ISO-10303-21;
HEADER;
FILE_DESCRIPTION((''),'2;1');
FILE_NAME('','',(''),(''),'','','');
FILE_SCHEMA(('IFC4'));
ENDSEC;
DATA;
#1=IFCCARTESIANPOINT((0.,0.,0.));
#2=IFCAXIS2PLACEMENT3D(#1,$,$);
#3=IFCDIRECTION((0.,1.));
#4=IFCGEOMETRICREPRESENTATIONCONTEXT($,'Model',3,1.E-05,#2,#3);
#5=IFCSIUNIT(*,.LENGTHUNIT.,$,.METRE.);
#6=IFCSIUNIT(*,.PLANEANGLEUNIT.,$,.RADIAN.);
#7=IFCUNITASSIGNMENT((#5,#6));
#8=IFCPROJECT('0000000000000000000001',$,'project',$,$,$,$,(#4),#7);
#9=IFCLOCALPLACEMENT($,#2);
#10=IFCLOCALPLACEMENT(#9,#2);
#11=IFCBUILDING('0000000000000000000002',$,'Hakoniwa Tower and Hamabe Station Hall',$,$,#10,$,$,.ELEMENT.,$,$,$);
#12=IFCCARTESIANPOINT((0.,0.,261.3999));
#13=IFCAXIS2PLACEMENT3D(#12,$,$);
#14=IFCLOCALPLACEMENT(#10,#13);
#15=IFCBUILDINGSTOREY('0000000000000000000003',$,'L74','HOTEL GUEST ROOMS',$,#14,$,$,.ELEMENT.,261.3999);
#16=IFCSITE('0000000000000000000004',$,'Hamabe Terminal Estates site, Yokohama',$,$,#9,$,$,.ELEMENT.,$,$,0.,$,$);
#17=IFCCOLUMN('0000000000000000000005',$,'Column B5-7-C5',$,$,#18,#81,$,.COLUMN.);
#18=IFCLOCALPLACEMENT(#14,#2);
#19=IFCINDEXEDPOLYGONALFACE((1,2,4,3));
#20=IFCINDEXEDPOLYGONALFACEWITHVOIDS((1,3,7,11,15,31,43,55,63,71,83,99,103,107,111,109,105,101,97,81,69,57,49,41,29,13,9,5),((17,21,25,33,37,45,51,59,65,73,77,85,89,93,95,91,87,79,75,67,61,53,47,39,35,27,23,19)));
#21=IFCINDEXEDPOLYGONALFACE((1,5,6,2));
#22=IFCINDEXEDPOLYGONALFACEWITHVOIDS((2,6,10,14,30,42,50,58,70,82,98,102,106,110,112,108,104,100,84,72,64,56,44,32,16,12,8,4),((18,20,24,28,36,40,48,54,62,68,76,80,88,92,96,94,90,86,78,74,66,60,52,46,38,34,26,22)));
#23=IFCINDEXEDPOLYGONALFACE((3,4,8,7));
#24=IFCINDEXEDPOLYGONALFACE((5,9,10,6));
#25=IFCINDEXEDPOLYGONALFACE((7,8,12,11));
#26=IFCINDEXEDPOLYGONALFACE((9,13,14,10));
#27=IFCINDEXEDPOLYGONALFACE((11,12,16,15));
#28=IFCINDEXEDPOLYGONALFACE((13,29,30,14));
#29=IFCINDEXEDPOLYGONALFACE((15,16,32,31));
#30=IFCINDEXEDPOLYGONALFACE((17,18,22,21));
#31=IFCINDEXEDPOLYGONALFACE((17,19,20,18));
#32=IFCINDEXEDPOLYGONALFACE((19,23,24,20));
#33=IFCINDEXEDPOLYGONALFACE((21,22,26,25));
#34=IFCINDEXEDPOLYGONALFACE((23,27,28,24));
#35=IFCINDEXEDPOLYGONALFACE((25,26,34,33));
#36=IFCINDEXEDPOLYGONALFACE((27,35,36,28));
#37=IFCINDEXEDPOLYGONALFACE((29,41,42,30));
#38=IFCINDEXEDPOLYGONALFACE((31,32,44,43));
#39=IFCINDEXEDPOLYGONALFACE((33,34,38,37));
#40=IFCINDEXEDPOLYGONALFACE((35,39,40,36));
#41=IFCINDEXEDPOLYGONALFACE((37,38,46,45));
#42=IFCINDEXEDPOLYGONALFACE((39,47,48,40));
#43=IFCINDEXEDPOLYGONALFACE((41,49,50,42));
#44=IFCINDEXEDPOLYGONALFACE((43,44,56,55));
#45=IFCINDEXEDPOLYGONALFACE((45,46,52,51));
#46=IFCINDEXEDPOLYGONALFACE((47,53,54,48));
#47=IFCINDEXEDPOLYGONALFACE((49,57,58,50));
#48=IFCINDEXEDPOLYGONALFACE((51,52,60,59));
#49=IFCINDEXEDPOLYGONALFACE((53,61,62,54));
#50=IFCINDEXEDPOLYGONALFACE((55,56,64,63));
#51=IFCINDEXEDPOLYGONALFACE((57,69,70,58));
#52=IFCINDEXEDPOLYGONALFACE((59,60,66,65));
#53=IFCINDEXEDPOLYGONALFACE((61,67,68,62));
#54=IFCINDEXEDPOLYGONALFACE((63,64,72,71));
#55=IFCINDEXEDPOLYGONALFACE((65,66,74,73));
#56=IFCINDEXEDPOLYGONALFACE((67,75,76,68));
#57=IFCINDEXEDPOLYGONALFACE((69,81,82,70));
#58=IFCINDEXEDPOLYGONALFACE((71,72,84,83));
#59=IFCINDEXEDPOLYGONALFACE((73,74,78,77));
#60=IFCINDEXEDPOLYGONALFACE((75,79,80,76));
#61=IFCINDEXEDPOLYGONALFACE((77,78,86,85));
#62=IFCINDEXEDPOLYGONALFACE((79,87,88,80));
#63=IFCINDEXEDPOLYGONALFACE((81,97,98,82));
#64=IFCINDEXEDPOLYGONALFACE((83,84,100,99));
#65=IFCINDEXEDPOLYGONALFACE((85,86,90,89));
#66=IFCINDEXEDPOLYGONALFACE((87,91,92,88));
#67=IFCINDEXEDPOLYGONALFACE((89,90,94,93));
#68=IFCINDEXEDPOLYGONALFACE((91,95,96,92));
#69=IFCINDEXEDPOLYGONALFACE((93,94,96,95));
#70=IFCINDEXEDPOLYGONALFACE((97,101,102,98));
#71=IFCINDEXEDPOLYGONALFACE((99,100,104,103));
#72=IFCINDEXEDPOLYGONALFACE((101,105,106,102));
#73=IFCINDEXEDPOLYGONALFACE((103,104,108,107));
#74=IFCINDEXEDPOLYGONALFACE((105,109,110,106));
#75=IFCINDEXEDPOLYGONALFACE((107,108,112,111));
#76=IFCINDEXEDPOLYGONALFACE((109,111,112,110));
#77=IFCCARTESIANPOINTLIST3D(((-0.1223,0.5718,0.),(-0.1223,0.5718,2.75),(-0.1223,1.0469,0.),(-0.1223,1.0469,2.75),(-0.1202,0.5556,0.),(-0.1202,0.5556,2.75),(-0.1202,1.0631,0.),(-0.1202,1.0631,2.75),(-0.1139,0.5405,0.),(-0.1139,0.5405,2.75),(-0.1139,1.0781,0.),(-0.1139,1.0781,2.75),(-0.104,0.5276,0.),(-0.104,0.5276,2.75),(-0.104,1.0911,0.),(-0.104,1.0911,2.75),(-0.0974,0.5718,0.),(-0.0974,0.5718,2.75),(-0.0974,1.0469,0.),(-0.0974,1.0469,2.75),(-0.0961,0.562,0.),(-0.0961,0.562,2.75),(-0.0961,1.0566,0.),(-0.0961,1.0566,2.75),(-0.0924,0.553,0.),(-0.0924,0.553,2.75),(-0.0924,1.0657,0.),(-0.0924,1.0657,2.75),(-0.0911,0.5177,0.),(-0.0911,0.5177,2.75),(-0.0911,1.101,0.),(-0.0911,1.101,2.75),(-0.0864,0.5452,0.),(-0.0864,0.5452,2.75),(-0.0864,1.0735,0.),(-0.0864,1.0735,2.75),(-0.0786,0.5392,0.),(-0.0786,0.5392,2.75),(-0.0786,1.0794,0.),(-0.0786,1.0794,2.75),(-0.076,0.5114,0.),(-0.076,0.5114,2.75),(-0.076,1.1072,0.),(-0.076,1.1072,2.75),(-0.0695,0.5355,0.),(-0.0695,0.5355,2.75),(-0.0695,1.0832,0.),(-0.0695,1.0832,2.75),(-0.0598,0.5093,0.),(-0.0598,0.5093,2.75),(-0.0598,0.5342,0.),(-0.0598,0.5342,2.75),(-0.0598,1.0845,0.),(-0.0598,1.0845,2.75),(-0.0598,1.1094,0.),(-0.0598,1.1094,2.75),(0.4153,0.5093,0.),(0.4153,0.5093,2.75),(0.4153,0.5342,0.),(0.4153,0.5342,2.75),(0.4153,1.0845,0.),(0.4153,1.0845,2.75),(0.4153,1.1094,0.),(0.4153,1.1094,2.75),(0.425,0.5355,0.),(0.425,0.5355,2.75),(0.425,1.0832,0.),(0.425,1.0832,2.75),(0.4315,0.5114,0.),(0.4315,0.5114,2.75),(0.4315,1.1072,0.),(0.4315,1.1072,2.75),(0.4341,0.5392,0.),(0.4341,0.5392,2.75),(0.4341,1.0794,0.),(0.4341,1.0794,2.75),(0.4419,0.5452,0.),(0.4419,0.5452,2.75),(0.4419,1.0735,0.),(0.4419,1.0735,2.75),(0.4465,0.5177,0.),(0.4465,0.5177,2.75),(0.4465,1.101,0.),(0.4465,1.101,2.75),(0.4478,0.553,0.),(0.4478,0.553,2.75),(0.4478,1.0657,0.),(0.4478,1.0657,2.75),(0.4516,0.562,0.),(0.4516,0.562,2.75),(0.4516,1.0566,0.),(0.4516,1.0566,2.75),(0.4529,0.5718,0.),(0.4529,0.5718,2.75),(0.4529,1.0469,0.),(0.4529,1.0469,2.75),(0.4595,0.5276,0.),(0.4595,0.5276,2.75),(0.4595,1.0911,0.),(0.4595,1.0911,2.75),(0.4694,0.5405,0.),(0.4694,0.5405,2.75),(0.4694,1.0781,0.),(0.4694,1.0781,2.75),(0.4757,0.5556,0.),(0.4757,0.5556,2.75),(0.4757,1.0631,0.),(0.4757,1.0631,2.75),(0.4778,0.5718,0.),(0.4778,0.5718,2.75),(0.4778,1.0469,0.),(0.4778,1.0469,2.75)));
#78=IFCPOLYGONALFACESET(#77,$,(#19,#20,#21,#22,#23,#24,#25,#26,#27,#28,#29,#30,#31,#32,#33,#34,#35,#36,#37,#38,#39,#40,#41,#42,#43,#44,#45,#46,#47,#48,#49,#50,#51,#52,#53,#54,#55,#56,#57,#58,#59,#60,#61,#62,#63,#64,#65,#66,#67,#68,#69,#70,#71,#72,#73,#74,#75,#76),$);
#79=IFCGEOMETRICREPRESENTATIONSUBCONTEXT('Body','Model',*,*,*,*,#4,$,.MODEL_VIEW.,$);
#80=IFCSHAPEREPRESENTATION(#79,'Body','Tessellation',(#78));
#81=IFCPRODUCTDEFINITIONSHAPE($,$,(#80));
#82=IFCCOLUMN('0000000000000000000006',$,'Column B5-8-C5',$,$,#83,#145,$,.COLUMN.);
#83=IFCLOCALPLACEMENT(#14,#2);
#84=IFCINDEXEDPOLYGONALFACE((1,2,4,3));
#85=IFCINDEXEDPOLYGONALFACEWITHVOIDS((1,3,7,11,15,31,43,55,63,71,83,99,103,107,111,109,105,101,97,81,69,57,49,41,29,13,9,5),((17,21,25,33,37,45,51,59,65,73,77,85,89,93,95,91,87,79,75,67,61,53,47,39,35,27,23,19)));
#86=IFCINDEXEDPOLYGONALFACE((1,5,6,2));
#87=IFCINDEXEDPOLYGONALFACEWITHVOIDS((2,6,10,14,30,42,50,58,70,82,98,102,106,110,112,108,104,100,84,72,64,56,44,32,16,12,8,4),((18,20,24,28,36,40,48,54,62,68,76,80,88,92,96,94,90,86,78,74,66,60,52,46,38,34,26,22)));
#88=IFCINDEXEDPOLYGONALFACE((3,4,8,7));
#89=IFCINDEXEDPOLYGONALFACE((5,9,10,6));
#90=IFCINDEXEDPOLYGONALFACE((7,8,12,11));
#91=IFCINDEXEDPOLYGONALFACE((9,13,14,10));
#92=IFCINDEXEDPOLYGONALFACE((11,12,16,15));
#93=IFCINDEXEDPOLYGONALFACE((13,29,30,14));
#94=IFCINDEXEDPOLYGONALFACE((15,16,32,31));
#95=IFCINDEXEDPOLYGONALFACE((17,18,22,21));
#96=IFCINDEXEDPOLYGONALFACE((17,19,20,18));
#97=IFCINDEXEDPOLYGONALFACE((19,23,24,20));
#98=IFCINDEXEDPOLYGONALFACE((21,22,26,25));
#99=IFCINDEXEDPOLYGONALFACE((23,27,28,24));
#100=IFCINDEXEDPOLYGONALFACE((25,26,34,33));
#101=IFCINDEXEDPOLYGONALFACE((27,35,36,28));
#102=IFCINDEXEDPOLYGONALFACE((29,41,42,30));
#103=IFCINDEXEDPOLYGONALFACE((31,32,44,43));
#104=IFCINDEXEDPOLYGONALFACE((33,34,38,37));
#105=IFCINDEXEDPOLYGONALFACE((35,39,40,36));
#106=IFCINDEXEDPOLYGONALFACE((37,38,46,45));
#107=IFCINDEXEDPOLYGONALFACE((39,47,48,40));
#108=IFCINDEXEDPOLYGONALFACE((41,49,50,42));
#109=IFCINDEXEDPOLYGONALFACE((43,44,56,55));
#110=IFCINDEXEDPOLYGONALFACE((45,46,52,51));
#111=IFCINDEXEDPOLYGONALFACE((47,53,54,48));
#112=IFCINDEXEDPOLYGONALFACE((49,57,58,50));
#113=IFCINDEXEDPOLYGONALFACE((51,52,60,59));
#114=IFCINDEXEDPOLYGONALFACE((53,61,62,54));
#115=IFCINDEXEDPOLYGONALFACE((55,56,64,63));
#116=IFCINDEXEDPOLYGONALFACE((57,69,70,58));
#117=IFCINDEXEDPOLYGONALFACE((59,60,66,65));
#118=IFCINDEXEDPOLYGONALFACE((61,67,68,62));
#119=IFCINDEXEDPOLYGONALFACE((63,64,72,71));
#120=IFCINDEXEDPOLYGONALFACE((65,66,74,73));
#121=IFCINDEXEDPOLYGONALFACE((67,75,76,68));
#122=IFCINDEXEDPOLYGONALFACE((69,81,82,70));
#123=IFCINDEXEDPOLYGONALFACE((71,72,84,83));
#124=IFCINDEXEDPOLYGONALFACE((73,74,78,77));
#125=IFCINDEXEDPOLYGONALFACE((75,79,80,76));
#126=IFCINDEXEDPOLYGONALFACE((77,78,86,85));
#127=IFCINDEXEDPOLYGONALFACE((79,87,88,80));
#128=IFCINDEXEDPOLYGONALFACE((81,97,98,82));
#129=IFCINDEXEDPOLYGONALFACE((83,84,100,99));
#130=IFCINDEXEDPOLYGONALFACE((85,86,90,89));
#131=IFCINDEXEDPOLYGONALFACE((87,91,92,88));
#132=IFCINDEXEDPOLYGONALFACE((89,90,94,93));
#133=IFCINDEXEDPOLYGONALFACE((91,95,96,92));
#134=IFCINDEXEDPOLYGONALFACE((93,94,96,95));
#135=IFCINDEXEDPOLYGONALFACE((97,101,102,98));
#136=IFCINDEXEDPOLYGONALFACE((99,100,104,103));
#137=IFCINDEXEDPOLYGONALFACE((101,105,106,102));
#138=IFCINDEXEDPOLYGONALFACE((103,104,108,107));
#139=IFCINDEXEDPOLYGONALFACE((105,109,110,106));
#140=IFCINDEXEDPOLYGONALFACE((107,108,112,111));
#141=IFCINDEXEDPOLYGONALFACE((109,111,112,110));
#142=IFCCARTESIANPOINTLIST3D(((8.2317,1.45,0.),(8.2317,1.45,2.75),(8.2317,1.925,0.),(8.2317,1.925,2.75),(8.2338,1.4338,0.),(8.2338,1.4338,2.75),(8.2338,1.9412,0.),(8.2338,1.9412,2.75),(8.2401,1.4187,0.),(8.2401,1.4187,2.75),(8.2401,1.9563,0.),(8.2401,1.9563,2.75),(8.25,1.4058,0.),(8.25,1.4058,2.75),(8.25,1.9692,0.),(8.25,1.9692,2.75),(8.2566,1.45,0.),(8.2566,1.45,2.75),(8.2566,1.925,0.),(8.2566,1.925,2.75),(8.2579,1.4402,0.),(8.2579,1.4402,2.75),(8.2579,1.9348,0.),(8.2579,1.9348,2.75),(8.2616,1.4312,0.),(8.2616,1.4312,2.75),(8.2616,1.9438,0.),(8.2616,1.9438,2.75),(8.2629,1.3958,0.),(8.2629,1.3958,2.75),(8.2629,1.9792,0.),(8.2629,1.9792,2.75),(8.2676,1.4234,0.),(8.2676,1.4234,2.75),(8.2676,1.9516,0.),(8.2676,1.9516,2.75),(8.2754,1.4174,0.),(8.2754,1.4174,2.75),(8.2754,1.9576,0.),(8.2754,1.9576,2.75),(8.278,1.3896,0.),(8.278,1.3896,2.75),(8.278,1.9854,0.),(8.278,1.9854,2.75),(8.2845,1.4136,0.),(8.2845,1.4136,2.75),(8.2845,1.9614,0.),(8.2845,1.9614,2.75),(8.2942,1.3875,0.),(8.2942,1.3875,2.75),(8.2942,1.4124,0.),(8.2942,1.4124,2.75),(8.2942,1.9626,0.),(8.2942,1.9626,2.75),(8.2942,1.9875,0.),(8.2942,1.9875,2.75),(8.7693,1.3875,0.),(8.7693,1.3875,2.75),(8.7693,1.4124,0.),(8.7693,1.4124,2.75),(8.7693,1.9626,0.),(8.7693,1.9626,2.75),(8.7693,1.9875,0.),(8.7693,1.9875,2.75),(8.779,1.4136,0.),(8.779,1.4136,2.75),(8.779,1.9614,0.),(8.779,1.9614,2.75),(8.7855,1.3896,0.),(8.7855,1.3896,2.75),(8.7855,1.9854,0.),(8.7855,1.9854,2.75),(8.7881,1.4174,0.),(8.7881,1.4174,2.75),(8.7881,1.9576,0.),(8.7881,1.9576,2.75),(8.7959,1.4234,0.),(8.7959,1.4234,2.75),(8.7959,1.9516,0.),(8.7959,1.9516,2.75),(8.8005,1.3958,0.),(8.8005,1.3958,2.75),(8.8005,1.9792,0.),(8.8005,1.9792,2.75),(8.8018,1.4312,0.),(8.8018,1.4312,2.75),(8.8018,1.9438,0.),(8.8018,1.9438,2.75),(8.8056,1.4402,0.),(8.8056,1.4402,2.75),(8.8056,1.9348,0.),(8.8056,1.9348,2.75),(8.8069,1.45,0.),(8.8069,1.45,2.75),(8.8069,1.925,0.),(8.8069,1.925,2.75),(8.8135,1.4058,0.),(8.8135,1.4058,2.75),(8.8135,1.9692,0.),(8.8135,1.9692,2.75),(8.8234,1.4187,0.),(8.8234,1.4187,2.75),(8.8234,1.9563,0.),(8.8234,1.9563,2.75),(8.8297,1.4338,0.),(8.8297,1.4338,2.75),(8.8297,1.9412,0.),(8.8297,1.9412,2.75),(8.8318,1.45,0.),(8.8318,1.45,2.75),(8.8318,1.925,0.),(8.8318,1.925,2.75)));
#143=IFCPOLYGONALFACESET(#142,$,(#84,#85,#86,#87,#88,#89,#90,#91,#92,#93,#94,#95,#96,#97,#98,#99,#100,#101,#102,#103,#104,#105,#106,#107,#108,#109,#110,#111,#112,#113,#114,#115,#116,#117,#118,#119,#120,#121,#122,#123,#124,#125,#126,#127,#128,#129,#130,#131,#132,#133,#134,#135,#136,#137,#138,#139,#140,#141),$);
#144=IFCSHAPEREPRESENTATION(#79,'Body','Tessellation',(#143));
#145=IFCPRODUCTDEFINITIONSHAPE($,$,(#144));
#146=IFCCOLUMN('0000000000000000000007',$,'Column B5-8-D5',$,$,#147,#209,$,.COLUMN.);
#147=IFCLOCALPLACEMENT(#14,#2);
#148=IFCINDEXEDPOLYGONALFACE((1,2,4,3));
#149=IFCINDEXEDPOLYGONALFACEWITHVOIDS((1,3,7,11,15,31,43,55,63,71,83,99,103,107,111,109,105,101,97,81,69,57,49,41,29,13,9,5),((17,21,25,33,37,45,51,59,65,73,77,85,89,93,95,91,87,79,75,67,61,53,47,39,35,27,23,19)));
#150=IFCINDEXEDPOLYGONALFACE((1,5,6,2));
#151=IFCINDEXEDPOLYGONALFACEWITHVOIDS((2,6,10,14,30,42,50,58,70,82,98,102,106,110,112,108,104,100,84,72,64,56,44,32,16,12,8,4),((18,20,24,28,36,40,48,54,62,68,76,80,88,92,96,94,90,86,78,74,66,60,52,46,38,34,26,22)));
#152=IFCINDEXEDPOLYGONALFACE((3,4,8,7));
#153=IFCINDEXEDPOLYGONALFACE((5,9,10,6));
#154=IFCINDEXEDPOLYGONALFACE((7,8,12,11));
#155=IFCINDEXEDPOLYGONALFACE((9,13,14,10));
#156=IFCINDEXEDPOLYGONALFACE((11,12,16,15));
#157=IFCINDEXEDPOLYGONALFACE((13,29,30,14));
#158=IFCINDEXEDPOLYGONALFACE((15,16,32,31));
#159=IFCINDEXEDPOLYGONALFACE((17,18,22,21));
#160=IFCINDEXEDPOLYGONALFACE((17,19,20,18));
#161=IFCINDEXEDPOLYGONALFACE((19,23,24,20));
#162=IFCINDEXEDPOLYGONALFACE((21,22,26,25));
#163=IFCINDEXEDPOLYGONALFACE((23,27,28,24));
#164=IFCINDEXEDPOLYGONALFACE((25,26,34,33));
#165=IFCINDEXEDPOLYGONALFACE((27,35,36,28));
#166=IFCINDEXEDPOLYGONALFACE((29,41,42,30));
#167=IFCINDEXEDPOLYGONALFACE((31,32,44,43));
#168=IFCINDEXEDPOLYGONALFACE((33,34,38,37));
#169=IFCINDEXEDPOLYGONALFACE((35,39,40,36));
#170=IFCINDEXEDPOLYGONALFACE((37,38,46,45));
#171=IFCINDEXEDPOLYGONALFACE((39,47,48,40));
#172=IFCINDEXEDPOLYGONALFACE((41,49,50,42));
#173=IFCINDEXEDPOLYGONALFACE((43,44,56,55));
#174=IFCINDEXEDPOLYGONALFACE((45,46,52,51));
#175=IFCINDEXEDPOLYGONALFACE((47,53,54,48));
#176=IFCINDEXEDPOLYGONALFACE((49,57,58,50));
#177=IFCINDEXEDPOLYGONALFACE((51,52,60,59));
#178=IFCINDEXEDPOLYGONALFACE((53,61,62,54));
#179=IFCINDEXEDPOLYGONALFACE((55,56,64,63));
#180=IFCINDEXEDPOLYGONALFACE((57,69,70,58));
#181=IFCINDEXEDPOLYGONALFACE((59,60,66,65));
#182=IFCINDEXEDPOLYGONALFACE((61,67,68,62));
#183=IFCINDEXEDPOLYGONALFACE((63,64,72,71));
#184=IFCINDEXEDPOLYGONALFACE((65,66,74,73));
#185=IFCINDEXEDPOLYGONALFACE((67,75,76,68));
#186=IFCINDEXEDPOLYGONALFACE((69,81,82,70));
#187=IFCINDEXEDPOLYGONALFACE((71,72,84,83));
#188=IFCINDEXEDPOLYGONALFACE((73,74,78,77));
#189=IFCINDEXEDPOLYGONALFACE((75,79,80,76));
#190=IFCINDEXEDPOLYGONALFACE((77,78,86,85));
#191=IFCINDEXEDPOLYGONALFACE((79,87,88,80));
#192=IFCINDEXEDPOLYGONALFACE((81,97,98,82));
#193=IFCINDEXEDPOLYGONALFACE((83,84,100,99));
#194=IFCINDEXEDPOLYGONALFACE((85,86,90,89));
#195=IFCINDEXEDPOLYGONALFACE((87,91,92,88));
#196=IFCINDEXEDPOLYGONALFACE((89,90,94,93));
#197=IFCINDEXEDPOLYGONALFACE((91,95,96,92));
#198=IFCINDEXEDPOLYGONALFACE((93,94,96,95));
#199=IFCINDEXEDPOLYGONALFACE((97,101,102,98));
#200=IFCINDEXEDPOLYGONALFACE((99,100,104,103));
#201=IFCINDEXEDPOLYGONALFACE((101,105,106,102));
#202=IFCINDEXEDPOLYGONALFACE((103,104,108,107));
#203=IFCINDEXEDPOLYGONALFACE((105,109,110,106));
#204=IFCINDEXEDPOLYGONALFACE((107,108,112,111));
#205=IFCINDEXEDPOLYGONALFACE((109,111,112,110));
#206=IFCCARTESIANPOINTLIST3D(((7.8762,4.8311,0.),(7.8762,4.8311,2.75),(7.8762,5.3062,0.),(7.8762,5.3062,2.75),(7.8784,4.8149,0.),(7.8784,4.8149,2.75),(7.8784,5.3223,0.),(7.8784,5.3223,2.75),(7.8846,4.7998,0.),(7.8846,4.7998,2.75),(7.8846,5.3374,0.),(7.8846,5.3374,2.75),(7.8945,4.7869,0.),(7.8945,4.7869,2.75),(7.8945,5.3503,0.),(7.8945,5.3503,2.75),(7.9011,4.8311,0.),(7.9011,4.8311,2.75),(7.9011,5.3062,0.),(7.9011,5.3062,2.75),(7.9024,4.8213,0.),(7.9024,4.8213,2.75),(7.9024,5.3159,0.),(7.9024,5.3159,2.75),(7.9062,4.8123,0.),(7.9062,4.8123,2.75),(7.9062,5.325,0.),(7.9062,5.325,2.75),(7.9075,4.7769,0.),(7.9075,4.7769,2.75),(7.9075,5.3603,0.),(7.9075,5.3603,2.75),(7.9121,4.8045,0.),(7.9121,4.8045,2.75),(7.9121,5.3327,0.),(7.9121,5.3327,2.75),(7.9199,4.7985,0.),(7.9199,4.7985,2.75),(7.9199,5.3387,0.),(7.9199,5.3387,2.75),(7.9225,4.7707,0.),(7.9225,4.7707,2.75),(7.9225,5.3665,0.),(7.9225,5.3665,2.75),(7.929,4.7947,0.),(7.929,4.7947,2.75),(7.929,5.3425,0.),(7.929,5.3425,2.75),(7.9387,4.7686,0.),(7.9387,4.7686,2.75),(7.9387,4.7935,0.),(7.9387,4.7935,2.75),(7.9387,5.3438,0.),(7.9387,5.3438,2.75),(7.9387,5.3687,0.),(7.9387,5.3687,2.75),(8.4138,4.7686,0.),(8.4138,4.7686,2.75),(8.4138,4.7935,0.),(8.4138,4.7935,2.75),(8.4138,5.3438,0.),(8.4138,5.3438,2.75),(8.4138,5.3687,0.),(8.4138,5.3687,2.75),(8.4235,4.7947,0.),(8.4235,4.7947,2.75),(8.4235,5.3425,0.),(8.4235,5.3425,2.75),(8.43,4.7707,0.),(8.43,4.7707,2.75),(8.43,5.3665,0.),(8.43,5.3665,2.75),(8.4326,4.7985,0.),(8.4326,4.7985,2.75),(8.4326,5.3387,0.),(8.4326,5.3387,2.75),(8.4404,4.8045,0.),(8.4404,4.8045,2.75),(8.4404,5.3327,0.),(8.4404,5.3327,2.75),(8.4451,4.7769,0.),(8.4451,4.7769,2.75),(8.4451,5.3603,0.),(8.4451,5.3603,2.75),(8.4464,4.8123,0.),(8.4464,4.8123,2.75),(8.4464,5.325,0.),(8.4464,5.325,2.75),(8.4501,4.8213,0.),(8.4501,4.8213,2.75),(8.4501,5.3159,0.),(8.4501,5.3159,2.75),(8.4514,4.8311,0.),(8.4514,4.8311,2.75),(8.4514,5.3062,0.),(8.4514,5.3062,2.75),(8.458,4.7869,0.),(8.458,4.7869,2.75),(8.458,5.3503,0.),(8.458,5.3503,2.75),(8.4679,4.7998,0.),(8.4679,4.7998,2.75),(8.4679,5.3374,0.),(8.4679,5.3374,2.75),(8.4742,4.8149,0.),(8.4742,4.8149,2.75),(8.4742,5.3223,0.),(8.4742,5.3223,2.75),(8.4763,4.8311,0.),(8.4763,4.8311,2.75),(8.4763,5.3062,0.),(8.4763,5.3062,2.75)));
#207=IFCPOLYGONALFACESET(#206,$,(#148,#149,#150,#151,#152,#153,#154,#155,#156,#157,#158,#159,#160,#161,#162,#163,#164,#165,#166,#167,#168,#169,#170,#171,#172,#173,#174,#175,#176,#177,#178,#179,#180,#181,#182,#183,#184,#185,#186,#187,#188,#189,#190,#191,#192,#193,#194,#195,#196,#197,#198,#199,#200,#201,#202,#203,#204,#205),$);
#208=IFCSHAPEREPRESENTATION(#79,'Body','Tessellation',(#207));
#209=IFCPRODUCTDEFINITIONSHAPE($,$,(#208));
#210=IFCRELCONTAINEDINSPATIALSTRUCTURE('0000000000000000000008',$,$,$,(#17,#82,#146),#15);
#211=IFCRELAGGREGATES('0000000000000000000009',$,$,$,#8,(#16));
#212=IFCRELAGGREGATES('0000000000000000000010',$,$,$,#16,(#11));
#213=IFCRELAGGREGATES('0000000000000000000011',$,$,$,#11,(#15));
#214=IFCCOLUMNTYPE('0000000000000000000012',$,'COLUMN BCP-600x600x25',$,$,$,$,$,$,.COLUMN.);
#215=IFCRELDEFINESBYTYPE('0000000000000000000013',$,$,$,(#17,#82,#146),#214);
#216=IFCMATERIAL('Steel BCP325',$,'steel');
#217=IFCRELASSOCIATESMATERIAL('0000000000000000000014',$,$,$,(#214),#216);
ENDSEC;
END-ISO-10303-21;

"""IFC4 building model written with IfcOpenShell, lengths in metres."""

from ifc_helpers import new_model, si_unit, direction, frame, origin, origin_2d, place, context, subcontext, project, spatial, hollow_rectangle, extrude, material, material_profile, profile_set, type_object, element, save


model = new_model("IFC4")

# Units and contexts
model_context = context("Model", 3, precision=1e-05, world=origin(), true_north=direction((0.0, 1.0)))
body_context = subcontext(model_context, "Body", "Model", "MODEL_VIEW")
ifc_project = project(units=[si_unit("LENGTHUNIT", "METRE"), si_unit("PLANEANGLEUNIT", "RADIAN")], contexts=[model_context])

# Site, building, storey
site_placement = place(None, origin())
site = spatial("IfcSite", under=ifc_project, at=site_placement, Name="Hamabe Terminal Estates site, Yokohama", CompositionType="ELEMENT", RefElevation=0.0)
building_placement = place(site_placement, origin())
building = spatial("IfcBuilding", under=site, at=building_placement, Name="Hakoniwa Tower and Hamabe Station Hall", CompositionType="ELEMENT")
storey_placement = place(building_placement, frame((0.0, 0.0, 261.3999)))
storey = spatial("IfcBuildingStorey", under=building, at=storey_placement, Name="L74", Description="HOTEL GUEST ROOMS", CompositionType="ELEMENT", Elevation=261.3999)

# Columns
ifc_material_1 = material(Name="Steel BCP325", Category="steel")
ifc_material_profile = material_profile(ifc_material_1, hollow_rectangle(XDim=0.6001, YDim=0.6001, WallThickness=0.0249, InnerFilletRadius=0.0376, OuterFilletRadius=0.0625, at=origin_2d()), Name="BCP-600x600x25")
ifc_profile_set = profile_set([ifc_material_profile], Name="Steel BCP325")
column_type = type_object("IfcColumnType", Name="COLUMN BCP-600x600x25", PredefinedType="COLUMN", material=ifc_profile_set)
for number, where, z_axis, x_axis, name in (
    (1, (0.1777, 0.8093, 0.0), (0.0, 0.0, 1.0), (1.0, 0.0, 0.0), "Column B5-7-C5"),
    (2, (8.5317, 1.6875, 0.0), (0.0, 0.0, 1.0), (1.0, 0.0, 0.0), "Column B5-8-C5"),
    (3, (8.1763, 5.0686, 0.0), (0.0, 0.0, 1.0), (1.0, 0.0, 0.0), "Column B5-8-D5"),
):
    element("IfcColumn", number, at=place(storey_placement, frame(where, z_axis=z_axis, x_axis=x_axis)), inside=storey, type_object=column_type, Name=name, PredefinedType="COLUMN", context=body_context, shape_type="SweptSolid", body=[
        extrude(hollow_rectangle(XDim=0.6001, YDim=0.6001, WallThickness=0.0249, InnerFilletRadius=0.0376, OuterFilletRadius=0.0625, at=origin_2d()), origin(), (0.0, 0.0, 1.0), 2.75),
    ])

save(model, "model.ifc")
